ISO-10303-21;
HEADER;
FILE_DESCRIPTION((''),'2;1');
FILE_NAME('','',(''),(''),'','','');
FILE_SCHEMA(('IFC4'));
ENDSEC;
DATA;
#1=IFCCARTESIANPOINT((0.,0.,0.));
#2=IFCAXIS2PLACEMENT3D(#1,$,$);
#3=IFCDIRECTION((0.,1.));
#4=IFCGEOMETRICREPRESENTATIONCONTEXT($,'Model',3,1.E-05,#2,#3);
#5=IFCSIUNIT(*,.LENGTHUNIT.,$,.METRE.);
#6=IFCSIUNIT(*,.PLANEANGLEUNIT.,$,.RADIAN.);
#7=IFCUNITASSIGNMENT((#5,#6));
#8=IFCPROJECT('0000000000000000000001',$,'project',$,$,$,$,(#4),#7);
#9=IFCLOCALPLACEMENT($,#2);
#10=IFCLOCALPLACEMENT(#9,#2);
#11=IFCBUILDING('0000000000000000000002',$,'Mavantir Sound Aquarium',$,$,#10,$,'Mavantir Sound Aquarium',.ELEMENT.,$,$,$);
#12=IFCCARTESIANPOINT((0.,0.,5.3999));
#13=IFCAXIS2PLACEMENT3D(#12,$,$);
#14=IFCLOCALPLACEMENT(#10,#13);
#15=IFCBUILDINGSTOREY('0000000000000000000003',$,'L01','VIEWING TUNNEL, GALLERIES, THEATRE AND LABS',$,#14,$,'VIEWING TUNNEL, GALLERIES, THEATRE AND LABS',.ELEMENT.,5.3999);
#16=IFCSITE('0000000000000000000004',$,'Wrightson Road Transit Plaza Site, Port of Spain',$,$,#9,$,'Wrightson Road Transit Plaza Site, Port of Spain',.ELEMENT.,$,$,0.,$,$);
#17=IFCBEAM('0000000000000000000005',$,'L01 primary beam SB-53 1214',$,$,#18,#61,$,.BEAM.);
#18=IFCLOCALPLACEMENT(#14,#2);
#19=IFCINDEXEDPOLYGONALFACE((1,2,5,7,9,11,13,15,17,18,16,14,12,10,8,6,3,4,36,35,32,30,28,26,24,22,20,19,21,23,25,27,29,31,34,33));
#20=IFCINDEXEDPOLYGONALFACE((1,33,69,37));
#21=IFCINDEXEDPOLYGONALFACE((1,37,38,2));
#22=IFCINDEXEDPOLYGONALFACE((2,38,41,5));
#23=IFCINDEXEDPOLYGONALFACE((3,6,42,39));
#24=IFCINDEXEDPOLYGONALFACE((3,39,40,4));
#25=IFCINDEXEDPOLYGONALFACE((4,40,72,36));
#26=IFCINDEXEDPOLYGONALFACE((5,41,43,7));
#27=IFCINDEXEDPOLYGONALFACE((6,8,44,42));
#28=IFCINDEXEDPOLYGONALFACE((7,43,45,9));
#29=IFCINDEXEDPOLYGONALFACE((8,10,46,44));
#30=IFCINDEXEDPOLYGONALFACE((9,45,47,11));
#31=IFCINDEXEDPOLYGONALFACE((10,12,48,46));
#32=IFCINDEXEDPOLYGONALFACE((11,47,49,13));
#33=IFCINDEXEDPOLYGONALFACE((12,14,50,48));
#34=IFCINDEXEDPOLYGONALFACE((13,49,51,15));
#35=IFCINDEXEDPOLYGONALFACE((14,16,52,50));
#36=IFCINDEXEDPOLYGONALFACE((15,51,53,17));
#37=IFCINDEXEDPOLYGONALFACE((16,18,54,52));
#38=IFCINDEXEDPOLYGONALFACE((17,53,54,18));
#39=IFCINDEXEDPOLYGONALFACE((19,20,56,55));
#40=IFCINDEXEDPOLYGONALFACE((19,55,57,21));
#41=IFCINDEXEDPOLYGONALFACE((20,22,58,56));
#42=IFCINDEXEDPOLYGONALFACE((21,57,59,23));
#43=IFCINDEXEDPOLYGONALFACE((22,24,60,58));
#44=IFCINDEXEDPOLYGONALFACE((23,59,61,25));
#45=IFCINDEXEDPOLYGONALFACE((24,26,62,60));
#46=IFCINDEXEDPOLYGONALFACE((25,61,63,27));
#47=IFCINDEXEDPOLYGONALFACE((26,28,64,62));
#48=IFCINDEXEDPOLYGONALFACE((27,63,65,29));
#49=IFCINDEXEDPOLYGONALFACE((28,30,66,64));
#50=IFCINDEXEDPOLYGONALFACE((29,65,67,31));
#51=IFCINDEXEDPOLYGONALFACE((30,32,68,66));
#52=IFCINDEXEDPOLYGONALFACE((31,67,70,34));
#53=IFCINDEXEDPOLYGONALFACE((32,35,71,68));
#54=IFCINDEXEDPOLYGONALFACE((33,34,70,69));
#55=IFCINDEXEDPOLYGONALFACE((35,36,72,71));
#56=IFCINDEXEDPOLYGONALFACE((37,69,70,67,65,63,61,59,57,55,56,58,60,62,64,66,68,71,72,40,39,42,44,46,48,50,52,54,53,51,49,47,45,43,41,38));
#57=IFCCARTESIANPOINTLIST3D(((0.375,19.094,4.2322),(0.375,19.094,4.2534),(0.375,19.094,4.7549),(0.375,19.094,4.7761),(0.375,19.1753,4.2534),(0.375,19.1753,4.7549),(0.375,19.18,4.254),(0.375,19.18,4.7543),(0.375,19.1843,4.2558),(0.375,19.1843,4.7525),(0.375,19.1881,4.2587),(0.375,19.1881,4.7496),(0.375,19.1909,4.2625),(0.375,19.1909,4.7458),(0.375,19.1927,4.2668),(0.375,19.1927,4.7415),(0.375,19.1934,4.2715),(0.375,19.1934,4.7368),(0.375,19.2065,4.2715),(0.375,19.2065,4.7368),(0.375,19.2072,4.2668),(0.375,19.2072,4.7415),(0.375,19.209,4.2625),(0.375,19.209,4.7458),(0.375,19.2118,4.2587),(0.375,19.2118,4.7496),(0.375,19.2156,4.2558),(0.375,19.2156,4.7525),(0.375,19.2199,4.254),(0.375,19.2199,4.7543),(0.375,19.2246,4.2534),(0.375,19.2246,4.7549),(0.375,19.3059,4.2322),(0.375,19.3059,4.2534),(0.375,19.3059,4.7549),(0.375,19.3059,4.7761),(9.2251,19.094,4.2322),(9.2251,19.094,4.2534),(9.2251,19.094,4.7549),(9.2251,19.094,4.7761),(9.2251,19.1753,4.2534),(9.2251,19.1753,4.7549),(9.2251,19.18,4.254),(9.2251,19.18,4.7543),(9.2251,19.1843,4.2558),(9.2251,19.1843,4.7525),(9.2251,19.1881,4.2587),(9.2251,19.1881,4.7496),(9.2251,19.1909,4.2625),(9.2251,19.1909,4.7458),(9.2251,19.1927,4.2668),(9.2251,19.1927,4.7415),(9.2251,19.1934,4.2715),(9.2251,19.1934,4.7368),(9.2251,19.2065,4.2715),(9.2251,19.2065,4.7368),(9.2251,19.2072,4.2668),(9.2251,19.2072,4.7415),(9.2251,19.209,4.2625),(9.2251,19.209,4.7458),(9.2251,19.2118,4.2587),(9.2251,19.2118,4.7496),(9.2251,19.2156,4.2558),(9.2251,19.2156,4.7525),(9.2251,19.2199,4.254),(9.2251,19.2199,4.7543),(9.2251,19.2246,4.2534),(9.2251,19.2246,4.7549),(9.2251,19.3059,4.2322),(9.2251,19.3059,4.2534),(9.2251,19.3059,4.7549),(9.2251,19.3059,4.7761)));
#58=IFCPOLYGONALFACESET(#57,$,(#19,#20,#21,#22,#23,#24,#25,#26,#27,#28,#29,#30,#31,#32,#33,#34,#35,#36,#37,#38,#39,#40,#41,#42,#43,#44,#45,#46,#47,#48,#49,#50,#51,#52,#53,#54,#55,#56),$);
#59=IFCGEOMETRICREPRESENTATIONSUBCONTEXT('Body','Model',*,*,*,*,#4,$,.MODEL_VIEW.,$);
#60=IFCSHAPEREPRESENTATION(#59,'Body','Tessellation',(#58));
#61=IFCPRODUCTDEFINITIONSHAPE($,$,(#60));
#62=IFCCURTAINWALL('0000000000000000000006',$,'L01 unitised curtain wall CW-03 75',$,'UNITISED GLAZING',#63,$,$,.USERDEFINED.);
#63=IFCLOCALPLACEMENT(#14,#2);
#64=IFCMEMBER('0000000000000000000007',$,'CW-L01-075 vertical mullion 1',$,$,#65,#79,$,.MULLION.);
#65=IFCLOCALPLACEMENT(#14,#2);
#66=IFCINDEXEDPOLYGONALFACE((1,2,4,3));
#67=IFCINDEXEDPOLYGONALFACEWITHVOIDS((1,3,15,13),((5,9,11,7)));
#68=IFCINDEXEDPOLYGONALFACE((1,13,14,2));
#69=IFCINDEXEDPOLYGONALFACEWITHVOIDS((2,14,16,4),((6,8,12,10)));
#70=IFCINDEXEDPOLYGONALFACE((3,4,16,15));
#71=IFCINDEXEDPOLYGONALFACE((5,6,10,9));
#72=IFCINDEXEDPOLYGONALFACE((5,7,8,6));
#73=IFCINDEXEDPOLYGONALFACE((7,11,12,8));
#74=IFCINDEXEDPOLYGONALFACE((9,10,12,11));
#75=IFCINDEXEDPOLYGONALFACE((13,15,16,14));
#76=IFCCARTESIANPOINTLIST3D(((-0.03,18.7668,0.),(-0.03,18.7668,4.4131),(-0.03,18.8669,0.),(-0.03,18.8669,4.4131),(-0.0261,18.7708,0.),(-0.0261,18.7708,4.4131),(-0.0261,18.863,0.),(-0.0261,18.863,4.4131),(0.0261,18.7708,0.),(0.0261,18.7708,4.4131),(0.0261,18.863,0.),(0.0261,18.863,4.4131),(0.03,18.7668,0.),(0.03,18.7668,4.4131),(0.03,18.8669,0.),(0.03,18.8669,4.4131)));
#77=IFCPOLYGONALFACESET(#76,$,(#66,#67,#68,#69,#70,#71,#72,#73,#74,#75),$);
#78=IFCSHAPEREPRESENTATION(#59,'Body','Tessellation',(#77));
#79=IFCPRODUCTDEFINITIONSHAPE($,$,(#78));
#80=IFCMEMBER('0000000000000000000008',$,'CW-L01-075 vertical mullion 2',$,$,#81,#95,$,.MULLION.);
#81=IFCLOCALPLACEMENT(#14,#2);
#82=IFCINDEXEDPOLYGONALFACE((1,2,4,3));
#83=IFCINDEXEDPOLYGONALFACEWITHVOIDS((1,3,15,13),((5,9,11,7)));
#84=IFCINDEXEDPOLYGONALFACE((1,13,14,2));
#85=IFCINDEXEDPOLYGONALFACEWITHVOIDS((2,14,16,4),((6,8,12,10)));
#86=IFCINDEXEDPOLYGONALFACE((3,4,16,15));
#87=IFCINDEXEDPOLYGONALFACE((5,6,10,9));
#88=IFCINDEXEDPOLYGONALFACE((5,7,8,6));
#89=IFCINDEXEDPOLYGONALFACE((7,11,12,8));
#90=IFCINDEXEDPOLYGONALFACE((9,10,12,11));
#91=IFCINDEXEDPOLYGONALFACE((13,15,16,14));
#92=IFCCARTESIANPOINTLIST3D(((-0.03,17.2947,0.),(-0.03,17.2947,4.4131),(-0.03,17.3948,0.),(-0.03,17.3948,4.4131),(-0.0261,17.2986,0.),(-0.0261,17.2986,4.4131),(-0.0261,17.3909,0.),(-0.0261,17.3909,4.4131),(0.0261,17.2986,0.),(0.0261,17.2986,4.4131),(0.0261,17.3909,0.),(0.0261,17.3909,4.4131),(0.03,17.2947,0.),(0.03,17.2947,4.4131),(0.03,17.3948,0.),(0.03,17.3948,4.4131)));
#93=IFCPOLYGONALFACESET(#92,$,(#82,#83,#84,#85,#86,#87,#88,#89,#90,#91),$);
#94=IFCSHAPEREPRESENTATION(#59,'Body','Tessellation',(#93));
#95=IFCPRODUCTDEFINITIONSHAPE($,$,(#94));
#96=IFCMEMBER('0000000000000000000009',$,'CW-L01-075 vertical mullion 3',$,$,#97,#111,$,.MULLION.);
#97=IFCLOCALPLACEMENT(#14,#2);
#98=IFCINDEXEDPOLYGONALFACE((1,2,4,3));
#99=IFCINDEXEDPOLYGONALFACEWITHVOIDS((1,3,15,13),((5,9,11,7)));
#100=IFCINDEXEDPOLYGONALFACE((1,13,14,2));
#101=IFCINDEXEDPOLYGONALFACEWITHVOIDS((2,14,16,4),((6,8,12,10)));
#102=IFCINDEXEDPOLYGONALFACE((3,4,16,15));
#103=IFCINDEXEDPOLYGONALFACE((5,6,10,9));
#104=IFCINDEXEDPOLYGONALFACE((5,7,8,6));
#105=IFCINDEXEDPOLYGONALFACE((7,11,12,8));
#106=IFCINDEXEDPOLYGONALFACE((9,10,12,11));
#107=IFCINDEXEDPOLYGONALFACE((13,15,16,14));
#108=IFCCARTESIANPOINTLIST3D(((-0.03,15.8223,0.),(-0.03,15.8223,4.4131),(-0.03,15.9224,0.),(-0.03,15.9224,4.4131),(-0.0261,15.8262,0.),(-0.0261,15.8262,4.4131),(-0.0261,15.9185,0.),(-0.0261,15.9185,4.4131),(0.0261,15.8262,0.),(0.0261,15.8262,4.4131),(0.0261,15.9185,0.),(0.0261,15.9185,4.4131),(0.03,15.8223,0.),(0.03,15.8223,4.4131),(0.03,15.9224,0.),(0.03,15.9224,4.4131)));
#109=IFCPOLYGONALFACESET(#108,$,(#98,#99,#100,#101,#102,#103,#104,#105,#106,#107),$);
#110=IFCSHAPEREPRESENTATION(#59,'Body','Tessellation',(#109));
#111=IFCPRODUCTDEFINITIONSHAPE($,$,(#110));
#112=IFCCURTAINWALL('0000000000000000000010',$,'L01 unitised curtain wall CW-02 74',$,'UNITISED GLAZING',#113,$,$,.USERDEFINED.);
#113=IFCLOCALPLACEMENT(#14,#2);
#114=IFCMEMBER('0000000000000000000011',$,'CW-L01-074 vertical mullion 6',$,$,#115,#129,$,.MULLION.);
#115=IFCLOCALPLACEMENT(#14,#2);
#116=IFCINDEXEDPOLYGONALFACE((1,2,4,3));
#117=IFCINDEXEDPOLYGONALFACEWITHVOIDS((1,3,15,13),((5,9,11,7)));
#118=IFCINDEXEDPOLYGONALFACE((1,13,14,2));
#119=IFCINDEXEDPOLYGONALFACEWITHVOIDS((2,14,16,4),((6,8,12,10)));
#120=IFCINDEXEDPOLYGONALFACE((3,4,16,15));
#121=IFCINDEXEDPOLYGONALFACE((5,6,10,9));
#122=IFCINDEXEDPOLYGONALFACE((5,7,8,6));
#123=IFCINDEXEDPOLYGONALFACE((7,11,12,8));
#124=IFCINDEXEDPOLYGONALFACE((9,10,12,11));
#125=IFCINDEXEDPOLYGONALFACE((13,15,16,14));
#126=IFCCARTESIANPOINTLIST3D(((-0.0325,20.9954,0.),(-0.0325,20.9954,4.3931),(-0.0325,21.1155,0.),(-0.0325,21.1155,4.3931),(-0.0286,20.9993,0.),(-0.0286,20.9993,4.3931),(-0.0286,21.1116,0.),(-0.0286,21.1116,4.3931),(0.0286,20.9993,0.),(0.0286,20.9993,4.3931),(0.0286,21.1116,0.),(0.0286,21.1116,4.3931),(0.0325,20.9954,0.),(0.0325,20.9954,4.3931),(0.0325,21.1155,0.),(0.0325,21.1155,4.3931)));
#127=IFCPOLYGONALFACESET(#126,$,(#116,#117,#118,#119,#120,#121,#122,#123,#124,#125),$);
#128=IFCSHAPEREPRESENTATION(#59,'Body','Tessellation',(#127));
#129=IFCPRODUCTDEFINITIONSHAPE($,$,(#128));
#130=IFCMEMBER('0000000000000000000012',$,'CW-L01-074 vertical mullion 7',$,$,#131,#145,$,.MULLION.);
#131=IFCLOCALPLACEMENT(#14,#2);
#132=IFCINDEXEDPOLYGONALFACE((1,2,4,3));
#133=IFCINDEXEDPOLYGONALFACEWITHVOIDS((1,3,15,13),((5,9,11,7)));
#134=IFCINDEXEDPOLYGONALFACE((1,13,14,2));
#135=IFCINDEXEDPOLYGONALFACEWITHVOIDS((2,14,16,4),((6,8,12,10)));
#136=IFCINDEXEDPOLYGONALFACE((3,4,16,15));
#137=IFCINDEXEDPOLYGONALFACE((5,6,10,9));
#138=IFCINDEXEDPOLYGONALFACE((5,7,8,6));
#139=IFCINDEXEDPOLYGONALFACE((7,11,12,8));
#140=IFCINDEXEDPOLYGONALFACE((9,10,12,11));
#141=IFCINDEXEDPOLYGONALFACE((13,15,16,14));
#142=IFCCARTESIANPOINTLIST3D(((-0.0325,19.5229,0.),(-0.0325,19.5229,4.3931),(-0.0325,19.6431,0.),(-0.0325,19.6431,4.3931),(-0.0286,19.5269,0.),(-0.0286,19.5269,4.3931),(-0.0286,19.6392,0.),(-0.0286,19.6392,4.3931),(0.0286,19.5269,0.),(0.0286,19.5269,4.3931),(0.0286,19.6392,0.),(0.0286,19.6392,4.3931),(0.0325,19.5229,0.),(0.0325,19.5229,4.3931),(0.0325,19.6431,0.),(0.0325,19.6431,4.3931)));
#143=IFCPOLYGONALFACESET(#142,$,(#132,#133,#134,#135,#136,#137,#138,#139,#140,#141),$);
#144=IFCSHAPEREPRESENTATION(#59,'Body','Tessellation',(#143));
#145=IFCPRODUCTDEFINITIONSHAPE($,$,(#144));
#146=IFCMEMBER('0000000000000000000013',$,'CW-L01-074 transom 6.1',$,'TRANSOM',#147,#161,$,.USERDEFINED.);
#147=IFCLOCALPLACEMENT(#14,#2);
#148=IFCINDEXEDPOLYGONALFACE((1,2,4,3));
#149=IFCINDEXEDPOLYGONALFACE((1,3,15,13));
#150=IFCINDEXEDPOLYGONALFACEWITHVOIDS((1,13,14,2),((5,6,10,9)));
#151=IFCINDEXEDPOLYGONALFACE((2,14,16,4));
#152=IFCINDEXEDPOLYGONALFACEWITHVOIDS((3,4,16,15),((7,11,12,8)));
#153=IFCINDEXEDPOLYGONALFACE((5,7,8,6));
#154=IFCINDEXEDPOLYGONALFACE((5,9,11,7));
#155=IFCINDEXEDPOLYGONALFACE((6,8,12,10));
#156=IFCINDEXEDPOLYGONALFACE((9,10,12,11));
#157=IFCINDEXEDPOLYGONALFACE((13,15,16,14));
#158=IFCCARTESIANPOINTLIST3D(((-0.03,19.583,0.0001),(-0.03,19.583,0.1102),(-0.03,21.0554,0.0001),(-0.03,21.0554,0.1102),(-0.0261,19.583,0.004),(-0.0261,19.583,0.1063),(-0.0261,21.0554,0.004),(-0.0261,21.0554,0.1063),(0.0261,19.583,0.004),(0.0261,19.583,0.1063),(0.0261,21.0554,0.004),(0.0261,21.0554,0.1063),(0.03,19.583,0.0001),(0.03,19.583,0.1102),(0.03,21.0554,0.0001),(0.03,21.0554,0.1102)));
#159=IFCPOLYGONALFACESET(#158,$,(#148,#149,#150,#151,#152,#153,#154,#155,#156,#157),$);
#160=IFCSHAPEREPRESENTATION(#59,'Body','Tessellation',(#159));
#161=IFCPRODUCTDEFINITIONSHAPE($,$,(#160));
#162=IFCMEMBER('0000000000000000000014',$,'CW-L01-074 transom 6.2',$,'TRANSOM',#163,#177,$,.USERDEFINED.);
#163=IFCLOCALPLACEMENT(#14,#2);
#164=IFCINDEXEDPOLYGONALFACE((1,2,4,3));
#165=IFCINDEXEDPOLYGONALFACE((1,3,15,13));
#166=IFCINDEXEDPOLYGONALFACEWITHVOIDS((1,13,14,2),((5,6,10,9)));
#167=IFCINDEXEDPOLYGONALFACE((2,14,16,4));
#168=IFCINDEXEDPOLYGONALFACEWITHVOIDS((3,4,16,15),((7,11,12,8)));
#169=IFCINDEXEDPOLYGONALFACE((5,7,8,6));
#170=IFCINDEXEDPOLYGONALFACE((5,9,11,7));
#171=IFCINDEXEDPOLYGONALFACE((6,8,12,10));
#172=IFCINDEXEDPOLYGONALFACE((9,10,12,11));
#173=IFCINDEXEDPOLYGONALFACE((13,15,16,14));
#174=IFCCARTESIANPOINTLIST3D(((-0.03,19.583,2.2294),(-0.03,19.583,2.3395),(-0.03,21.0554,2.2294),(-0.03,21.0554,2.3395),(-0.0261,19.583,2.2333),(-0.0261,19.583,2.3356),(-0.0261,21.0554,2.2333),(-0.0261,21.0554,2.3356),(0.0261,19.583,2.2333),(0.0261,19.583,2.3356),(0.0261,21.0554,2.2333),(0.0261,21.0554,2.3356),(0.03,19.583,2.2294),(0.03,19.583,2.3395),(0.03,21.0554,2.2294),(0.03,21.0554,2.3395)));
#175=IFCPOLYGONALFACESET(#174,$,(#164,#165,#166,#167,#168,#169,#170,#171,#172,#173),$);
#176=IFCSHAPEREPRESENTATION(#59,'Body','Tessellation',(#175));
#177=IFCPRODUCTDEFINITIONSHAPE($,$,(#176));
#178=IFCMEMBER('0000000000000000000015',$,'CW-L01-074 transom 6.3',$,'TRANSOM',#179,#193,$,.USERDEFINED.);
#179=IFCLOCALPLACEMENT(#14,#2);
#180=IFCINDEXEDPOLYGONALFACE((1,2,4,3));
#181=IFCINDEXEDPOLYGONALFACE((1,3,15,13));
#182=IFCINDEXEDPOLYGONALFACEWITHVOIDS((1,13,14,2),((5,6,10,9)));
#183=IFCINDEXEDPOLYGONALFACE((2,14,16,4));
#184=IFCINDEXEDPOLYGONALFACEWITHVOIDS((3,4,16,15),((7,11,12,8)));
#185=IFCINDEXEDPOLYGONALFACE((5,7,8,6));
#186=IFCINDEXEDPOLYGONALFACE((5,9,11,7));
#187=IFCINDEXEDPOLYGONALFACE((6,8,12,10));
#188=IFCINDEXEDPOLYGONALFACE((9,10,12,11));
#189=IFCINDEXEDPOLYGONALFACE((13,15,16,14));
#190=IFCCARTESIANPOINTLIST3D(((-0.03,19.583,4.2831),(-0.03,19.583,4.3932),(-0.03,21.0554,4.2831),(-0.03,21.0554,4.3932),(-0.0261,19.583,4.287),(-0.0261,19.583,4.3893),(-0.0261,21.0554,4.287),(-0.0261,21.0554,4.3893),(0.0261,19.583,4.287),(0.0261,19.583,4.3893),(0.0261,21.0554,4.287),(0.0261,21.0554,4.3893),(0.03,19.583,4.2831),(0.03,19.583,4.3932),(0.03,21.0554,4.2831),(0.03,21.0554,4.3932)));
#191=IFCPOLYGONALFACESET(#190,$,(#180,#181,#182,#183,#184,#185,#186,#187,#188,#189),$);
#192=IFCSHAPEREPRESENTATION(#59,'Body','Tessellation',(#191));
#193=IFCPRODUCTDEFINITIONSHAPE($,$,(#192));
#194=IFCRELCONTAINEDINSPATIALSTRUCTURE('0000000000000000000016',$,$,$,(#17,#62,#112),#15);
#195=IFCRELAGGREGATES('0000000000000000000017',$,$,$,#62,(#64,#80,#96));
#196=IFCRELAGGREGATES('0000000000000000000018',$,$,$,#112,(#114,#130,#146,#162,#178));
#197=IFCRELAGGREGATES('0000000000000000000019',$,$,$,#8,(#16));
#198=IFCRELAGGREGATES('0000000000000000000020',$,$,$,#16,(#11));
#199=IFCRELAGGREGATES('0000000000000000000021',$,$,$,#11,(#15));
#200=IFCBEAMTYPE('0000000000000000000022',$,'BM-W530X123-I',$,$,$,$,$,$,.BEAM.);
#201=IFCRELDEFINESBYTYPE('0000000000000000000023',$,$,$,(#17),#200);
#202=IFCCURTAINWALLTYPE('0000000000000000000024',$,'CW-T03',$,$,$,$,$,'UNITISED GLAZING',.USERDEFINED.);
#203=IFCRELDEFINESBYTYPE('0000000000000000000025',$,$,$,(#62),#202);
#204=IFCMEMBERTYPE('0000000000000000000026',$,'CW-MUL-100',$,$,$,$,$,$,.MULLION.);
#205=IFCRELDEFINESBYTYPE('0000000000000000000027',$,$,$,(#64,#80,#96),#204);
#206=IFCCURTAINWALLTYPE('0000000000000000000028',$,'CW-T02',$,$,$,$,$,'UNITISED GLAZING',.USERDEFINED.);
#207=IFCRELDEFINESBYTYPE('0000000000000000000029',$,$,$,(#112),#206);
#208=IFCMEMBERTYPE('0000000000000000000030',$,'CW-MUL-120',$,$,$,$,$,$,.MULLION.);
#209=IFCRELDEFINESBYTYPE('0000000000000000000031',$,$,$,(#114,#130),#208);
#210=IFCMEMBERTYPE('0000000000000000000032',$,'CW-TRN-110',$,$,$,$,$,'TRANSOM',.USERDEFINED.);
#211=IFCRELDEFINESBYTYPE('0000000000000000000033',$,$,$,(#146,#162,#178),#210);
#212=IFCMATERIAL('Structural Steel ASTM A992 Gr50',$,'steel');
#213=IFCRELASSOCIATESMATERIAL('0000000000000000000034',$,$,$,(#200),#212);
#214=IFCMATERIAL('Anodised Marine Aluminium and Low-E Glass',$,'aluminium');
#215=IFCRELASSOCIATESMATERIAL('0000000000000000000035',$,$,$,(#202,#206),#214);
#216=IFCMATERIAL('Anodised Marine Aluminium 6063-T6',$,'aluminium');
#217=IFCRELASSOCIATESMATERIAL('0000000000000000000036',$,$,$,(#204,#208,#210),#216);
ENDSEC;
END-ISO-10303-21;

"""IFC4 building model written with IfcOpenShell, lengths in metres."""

from ifc_helpers import new_model, si_unit, direction, frame, origin, origin_2d, place, context, subcontext, project, spatial, hollow_rectangle, i_section, extrude, material, material_profile, profile_set, type_object, element, aggregate, save


model = new_model("IFC4")

# Units and contexts
model_context = context("Model", 3, precision=1e-05, world=origin(), true_north=direction((0.0, 1.0)))
body_context = subcontext(model_context, "Body", "Model", "MODEL_VIEW")
ifc_project = project(units=[si_unit("LENGTHUNIT", "METRE"), si_unit("PLANEANGLEUNIT", "RADIAN")], contexts=[model_context])

# Site, building, storey
site_placement = place(None, origin())
site = spatial("IfcSite", under=ifc_project, at=site_placement, Name="Wrightson Road Transit Plaza Site, Port of Spain", LongName="Wrightson Road Transit Plaza Site, Port of Spain", CompositionType="ELEMENT", RefElevation=0.0)
building_placement = place(site_placement, origin())
building = spatial("IfcBuilding", under=site, at=building_placement, Name="Mavantir Sound Aquarium", LongName="Mavantir Sound Aquarium", CompositionType="ELEMENT")
storey_placement = place(building_placement, frame((0.0, 0.0, 5.3999)))
storey = spatial("IfcBuildingStorey", under=building, at=storey_placement, Name="L01", Description="VIEWING TUNNEL, GALLERIES, THEATRE AND LABS", LongName="VIEWING TUNNEL, GALLERIES, THEATRE AND LABS", CompositionType="ELEMENT", Elevation=5.3999)

# Beam
ifc_material_1 = material(Name="Structural Steel ASTM A992 Gr50", Category="steel")
ifc_material_profile_1 = material_profile(ifc_material_1, i_section(OverallWidth=0.2119, OverallDepth=0.5439, WebThickness=0.0132, FlangeThickness=0.0212, FilletRadius=0.0181, at=origin_2d()), Name="W530X123")
ifc_profile_set_1 = profile_set([ifc_material_profile_1], Name="Structural Steel ASTM A992 Gr50")
beam_type_1 = type_object("IfcBeamType", Name="BM-W530X123-I", PredefinedType="BEAM", material=ifc_profile_set_1)
beam_1_placement = place(storey_placement, frame((0.375, 19.2, 4.5042), z_axis=(1.0, 0.0, 0.0), x_axis=(0.0, 1.0, 0.0)))
element("IfcBeam", 1, at=beam_1_placement, inside=storey, type_object=beam_type_1, Name="L01 primary beam SB-53 1214", PredefinedType="BEAM", context=body_context, shape_type="SweptSolid", body=[
    extrude(i_section(OverallWidth=0.2119, OverallDepth=0.5439, WebThickness=0.0132, FlangeThickness=0.0212, FilletRadius=0.0181, at=origin_2d()), origin(), (0.0, 0.0, 1.0), 8.8501),
])

# Curtain walls, members
ifc_material_2 = material(Name="Anodised Marine Aluminium and Low-E Glass", Category="aluminium")
curtain_wall_type_1 = type_object("IfcCurtainWallType", Name="CW-T03", ElementType="UNITISED GLAZING", PredefinedType="USERDEFINED", material=ifc_material_2)
curtain_wall_1_placement = place(storey_placement, origin())
curtain_wall_1 = element("IfcCurtainWall", 2, at=curtain_wall_1_placement, inside=storey, type_object=curtain_wall_type_1, Name="L01 unitised curtain wall CW-03 75", ObjectType="UNITISED GLAZING", PredefinedType="USERDEFINED")
ifc_material_3 = material(Name="Anodised Marine Aluminium 6063-T6", Category="aluminium")
ifc_material_profile_2 = material_profile(ifc_material_3, hollow_rectangle(XDim=0.0601, YDim=0.1001, WallThickness=0.0039, at=origin_2d()), Name="ALU-MULLION-100X60")
ifc_profile_set_2 = profile_set([ifc_material_profile_2], Name="Anodised Marine Aluminium 6063-T6")
member_type_1 = type_object("IfcMemberType", Name="CW-MUL-100", PredefinedType="MULLION", material=ifc_profile_set_2)
member_1_placement = place(storey_placement, frame((0.0, 18.8169, 0.0), z_axis=(0.0, 0.0, 1.0), x_axis=(1.0, 0.0, 0.0)))
member_1 = element("IfcMember", 3, at=member_1_placement, type_object=member_type_1, Name="CW-L01-075 vertical mullion 1", PredefinedType="MULLION", context=body_context, shape_type="SweptSolid", body=[
    extrude(hollow_rectangle(XDim=0.0601, YDim=0.1001, WallThickness=0.0039, at=origin_2d()), origin(), (0.0, 0.0, 1.0), 4.4131),
])
member_2_placement = place(storey_placement, frame((0.0, 17.3447, 0.0), z_axis=(0.0, 0.0, 1.0), x_axis=(1.0, 0.0, 0.0)))
member_2 = element("IfcMember", 4, at=member_2_placement, type_object=member_type_1, Name="CW-L01-075 vertical mullion 2", PredefinedType="MULLION", context=body_context, shape_type="SweptSolid", body=[
    extrude(hollow_rectangle(XDim=0.0601, YDim=0.1001, WallThickness=0.0039, at=origin_2d()), origin(), (0.0, 0.0, 1.0), 4.4131),
])
member_3_placement = place(storey_placement, frame((0.0, 15.8723, 0.0), z_axis=(0.0, 0.0, 1.0), x_axis=(1.0, 0.0, 0.0)))
member_3 = element("IfcMember", 5, at=member_3_placement, type_object=member_type_1, Name="CW-L01-075 vertical mullion 3", PredefinedType="MULLION", context=body_context, shape_type="SweptSolid", body=[
    extrude(hollow_rectangle(XDim=0.0601, YDim=0.1001, WallThickness=0.0039, at=origin_2d()), origin(), (0.0, 0.0, 1.0), 4.4131),
])
curtain_wall_type_2 = type_object("IfcCurtainWallType", Name="CW-T02", ElementType="UNITISED GLAZING", PredefinedType="USERDEFINED", material=ifc_material_2)
curtain_wall_2_placement = place(storey_placement, origin())
curtain_wall_2 = element("IfcCurtainWall", 6, at=curtain_wall_2_placement, inside=storey, type_object=curtain_wall_type_2, Name="L01 unitised curtain wall CW-02 74", ObjectType="UNITISED GLAZING", PredefinedType="USERDEFINED")
ifc_material_profile_3 = material_profile(ifc_material_3, hollow_rectangle(XDim=0.0649, YDim=0.1201, WallThickness=0.0039, at=origin_2d()), Name="ALU-MULLION-120X65")
ifc_profile_set_3 = profile_set([ifc_material_profile_3], Name="Anodised Marine Aluminium 6063-T6")
member_type_2 = type_object("IfcMemberType", Name="CW-MUL-120", PredefinedType="MULLION", material=ifc_profile_set_3)
member_4_placement = place(storey_placement, frame((0.0, 21.0554, 0.0), z_axis=(0.0, 0.0, 1.0), x_axis=(1.0, 0.0, 0.0)))
member_4 = element("IfcMember", 7, at=member_4_placement, type_object=member_type_2, Name="CW-L01-074 vertical mullion 6", PredefinedType="MULLION", context=body_context, shape_type="SweptSolid", body=[
    extrude(hollow_rectangle(XDim=0.0649, YDim=0.1201, WallThickness=0.0039, at=origin_2d()), origin(), (0.0, 0.0, 1.0), 4.3931),
])
member_5_placement = place(storey_placement, frame((0.0, 19.583, 0.0), z_axis=(0.0, 0.0, 1.0), x_axis=(1.0, 0.0, 0.0)))
member_5 = element("IfcMember", 8, at=member_5_placement, type_object=member_type_2, Name="CW-L01-074 vertical mullion 7", PredefinedType="MULLION", context=body_context, shape_type="SweptSolid", body=[
    extrude(hollow_rectangle(XDim=0.0649, YDim=0.1201, WallThickness=0.0039, at=origin_2d()), origin(), (0.0, 0.0, 1.0), 4.3931),
])
ifc_material_profile_4 = material_profile(ifc_material_3, hollow_rectangle(XDim=0.0601, YDim=0.1101, WallThickness=0.0039, at=origin_2d()), Name="ALU-TRANSOM-110X60")
ifc_profile_set_4 = profile_set([ifc_material_profile_4], Name="Anodised Marine Aluminium 6063-T6")
member_type_3 = type_object("IfcMemberType", Name="CW-TRN-110", ElementType="TRANSOM", PredefinedType="USERDEFINED", material=ifc_profile_set_4)
member_6_placement = place(storey_placement, frame((0.0, 21.0554, 0.0552), z_axis=(0.0, -1.0, 0.0), x_axis=(1.0, 0.0, 0.0)))
member_6 = element("IfcMember", 9, at=member_6_placement, type_object=member_type_3, Name="CW-L01-074 transom 6.1", ObjectType="TRANSOM", PredefinedType="USERDEFINED", context=body_context, shape_type="SweptSolid", body=[
    extrude(hollow_rectangle(XDim=0.0601, YDim=0.1101, WallThickness=0.0039, at=origin_2d()), origin(), (0.0, 0.0, 1.0), 1.4724),
])
member_7_placement = place(storey_placement, frame((0.0, 21.0554, 2.2844), z_axis=(0.0, -1.0, 0.0), x_axis=(1.0, 0.0, 0.0)))
member_7 = element("IfcMember", 10, at=member_7_placement, type_object=member_type_3, Name="CW-L01-074 transom 6.2", ObjectType="TRANSOM", PredefinedType="USERDEFINED", context=body_context, shape_type="SweptSolid", body=[
    extrude(hollow_rectangle(XDim=0.0601, YDim=0.1101, WallThickness=0.0039, at=origin_2d()), origin(), (0.0, 0.0, 1.0), 1.4724),
])
member_8_placement = place(storey_placement, frame((0.0, 21.0554, 4.3381), z_axis=(0.0, -1.0, 0.0), x_axis=(1.0, 0.0, 0.0)))
member_8 = element("IfcMember", 11, at=member_8_placement, type_object=member_type_3, Name="CW-L01-074 transom 6.3", ObjectType="TRANSOM", PredefinedType="USERDEFINED", context=body_context, shape_type="SweptSolid", body=[
    extrude(hollow_rectangle(XDim=0.0601, YDim=0.1101, WallThickness=0.0039, at=origin_2d()), origin(), (0.0, 0.0, 1.0), 1.4724),
])

aggregate(curtain_wall_1, [member_1, member_2, member_3])
aggregate(curtain_wall_2, [member_4, member_5, member_6, member_7, member_8])

save(model, "model.ifc")
